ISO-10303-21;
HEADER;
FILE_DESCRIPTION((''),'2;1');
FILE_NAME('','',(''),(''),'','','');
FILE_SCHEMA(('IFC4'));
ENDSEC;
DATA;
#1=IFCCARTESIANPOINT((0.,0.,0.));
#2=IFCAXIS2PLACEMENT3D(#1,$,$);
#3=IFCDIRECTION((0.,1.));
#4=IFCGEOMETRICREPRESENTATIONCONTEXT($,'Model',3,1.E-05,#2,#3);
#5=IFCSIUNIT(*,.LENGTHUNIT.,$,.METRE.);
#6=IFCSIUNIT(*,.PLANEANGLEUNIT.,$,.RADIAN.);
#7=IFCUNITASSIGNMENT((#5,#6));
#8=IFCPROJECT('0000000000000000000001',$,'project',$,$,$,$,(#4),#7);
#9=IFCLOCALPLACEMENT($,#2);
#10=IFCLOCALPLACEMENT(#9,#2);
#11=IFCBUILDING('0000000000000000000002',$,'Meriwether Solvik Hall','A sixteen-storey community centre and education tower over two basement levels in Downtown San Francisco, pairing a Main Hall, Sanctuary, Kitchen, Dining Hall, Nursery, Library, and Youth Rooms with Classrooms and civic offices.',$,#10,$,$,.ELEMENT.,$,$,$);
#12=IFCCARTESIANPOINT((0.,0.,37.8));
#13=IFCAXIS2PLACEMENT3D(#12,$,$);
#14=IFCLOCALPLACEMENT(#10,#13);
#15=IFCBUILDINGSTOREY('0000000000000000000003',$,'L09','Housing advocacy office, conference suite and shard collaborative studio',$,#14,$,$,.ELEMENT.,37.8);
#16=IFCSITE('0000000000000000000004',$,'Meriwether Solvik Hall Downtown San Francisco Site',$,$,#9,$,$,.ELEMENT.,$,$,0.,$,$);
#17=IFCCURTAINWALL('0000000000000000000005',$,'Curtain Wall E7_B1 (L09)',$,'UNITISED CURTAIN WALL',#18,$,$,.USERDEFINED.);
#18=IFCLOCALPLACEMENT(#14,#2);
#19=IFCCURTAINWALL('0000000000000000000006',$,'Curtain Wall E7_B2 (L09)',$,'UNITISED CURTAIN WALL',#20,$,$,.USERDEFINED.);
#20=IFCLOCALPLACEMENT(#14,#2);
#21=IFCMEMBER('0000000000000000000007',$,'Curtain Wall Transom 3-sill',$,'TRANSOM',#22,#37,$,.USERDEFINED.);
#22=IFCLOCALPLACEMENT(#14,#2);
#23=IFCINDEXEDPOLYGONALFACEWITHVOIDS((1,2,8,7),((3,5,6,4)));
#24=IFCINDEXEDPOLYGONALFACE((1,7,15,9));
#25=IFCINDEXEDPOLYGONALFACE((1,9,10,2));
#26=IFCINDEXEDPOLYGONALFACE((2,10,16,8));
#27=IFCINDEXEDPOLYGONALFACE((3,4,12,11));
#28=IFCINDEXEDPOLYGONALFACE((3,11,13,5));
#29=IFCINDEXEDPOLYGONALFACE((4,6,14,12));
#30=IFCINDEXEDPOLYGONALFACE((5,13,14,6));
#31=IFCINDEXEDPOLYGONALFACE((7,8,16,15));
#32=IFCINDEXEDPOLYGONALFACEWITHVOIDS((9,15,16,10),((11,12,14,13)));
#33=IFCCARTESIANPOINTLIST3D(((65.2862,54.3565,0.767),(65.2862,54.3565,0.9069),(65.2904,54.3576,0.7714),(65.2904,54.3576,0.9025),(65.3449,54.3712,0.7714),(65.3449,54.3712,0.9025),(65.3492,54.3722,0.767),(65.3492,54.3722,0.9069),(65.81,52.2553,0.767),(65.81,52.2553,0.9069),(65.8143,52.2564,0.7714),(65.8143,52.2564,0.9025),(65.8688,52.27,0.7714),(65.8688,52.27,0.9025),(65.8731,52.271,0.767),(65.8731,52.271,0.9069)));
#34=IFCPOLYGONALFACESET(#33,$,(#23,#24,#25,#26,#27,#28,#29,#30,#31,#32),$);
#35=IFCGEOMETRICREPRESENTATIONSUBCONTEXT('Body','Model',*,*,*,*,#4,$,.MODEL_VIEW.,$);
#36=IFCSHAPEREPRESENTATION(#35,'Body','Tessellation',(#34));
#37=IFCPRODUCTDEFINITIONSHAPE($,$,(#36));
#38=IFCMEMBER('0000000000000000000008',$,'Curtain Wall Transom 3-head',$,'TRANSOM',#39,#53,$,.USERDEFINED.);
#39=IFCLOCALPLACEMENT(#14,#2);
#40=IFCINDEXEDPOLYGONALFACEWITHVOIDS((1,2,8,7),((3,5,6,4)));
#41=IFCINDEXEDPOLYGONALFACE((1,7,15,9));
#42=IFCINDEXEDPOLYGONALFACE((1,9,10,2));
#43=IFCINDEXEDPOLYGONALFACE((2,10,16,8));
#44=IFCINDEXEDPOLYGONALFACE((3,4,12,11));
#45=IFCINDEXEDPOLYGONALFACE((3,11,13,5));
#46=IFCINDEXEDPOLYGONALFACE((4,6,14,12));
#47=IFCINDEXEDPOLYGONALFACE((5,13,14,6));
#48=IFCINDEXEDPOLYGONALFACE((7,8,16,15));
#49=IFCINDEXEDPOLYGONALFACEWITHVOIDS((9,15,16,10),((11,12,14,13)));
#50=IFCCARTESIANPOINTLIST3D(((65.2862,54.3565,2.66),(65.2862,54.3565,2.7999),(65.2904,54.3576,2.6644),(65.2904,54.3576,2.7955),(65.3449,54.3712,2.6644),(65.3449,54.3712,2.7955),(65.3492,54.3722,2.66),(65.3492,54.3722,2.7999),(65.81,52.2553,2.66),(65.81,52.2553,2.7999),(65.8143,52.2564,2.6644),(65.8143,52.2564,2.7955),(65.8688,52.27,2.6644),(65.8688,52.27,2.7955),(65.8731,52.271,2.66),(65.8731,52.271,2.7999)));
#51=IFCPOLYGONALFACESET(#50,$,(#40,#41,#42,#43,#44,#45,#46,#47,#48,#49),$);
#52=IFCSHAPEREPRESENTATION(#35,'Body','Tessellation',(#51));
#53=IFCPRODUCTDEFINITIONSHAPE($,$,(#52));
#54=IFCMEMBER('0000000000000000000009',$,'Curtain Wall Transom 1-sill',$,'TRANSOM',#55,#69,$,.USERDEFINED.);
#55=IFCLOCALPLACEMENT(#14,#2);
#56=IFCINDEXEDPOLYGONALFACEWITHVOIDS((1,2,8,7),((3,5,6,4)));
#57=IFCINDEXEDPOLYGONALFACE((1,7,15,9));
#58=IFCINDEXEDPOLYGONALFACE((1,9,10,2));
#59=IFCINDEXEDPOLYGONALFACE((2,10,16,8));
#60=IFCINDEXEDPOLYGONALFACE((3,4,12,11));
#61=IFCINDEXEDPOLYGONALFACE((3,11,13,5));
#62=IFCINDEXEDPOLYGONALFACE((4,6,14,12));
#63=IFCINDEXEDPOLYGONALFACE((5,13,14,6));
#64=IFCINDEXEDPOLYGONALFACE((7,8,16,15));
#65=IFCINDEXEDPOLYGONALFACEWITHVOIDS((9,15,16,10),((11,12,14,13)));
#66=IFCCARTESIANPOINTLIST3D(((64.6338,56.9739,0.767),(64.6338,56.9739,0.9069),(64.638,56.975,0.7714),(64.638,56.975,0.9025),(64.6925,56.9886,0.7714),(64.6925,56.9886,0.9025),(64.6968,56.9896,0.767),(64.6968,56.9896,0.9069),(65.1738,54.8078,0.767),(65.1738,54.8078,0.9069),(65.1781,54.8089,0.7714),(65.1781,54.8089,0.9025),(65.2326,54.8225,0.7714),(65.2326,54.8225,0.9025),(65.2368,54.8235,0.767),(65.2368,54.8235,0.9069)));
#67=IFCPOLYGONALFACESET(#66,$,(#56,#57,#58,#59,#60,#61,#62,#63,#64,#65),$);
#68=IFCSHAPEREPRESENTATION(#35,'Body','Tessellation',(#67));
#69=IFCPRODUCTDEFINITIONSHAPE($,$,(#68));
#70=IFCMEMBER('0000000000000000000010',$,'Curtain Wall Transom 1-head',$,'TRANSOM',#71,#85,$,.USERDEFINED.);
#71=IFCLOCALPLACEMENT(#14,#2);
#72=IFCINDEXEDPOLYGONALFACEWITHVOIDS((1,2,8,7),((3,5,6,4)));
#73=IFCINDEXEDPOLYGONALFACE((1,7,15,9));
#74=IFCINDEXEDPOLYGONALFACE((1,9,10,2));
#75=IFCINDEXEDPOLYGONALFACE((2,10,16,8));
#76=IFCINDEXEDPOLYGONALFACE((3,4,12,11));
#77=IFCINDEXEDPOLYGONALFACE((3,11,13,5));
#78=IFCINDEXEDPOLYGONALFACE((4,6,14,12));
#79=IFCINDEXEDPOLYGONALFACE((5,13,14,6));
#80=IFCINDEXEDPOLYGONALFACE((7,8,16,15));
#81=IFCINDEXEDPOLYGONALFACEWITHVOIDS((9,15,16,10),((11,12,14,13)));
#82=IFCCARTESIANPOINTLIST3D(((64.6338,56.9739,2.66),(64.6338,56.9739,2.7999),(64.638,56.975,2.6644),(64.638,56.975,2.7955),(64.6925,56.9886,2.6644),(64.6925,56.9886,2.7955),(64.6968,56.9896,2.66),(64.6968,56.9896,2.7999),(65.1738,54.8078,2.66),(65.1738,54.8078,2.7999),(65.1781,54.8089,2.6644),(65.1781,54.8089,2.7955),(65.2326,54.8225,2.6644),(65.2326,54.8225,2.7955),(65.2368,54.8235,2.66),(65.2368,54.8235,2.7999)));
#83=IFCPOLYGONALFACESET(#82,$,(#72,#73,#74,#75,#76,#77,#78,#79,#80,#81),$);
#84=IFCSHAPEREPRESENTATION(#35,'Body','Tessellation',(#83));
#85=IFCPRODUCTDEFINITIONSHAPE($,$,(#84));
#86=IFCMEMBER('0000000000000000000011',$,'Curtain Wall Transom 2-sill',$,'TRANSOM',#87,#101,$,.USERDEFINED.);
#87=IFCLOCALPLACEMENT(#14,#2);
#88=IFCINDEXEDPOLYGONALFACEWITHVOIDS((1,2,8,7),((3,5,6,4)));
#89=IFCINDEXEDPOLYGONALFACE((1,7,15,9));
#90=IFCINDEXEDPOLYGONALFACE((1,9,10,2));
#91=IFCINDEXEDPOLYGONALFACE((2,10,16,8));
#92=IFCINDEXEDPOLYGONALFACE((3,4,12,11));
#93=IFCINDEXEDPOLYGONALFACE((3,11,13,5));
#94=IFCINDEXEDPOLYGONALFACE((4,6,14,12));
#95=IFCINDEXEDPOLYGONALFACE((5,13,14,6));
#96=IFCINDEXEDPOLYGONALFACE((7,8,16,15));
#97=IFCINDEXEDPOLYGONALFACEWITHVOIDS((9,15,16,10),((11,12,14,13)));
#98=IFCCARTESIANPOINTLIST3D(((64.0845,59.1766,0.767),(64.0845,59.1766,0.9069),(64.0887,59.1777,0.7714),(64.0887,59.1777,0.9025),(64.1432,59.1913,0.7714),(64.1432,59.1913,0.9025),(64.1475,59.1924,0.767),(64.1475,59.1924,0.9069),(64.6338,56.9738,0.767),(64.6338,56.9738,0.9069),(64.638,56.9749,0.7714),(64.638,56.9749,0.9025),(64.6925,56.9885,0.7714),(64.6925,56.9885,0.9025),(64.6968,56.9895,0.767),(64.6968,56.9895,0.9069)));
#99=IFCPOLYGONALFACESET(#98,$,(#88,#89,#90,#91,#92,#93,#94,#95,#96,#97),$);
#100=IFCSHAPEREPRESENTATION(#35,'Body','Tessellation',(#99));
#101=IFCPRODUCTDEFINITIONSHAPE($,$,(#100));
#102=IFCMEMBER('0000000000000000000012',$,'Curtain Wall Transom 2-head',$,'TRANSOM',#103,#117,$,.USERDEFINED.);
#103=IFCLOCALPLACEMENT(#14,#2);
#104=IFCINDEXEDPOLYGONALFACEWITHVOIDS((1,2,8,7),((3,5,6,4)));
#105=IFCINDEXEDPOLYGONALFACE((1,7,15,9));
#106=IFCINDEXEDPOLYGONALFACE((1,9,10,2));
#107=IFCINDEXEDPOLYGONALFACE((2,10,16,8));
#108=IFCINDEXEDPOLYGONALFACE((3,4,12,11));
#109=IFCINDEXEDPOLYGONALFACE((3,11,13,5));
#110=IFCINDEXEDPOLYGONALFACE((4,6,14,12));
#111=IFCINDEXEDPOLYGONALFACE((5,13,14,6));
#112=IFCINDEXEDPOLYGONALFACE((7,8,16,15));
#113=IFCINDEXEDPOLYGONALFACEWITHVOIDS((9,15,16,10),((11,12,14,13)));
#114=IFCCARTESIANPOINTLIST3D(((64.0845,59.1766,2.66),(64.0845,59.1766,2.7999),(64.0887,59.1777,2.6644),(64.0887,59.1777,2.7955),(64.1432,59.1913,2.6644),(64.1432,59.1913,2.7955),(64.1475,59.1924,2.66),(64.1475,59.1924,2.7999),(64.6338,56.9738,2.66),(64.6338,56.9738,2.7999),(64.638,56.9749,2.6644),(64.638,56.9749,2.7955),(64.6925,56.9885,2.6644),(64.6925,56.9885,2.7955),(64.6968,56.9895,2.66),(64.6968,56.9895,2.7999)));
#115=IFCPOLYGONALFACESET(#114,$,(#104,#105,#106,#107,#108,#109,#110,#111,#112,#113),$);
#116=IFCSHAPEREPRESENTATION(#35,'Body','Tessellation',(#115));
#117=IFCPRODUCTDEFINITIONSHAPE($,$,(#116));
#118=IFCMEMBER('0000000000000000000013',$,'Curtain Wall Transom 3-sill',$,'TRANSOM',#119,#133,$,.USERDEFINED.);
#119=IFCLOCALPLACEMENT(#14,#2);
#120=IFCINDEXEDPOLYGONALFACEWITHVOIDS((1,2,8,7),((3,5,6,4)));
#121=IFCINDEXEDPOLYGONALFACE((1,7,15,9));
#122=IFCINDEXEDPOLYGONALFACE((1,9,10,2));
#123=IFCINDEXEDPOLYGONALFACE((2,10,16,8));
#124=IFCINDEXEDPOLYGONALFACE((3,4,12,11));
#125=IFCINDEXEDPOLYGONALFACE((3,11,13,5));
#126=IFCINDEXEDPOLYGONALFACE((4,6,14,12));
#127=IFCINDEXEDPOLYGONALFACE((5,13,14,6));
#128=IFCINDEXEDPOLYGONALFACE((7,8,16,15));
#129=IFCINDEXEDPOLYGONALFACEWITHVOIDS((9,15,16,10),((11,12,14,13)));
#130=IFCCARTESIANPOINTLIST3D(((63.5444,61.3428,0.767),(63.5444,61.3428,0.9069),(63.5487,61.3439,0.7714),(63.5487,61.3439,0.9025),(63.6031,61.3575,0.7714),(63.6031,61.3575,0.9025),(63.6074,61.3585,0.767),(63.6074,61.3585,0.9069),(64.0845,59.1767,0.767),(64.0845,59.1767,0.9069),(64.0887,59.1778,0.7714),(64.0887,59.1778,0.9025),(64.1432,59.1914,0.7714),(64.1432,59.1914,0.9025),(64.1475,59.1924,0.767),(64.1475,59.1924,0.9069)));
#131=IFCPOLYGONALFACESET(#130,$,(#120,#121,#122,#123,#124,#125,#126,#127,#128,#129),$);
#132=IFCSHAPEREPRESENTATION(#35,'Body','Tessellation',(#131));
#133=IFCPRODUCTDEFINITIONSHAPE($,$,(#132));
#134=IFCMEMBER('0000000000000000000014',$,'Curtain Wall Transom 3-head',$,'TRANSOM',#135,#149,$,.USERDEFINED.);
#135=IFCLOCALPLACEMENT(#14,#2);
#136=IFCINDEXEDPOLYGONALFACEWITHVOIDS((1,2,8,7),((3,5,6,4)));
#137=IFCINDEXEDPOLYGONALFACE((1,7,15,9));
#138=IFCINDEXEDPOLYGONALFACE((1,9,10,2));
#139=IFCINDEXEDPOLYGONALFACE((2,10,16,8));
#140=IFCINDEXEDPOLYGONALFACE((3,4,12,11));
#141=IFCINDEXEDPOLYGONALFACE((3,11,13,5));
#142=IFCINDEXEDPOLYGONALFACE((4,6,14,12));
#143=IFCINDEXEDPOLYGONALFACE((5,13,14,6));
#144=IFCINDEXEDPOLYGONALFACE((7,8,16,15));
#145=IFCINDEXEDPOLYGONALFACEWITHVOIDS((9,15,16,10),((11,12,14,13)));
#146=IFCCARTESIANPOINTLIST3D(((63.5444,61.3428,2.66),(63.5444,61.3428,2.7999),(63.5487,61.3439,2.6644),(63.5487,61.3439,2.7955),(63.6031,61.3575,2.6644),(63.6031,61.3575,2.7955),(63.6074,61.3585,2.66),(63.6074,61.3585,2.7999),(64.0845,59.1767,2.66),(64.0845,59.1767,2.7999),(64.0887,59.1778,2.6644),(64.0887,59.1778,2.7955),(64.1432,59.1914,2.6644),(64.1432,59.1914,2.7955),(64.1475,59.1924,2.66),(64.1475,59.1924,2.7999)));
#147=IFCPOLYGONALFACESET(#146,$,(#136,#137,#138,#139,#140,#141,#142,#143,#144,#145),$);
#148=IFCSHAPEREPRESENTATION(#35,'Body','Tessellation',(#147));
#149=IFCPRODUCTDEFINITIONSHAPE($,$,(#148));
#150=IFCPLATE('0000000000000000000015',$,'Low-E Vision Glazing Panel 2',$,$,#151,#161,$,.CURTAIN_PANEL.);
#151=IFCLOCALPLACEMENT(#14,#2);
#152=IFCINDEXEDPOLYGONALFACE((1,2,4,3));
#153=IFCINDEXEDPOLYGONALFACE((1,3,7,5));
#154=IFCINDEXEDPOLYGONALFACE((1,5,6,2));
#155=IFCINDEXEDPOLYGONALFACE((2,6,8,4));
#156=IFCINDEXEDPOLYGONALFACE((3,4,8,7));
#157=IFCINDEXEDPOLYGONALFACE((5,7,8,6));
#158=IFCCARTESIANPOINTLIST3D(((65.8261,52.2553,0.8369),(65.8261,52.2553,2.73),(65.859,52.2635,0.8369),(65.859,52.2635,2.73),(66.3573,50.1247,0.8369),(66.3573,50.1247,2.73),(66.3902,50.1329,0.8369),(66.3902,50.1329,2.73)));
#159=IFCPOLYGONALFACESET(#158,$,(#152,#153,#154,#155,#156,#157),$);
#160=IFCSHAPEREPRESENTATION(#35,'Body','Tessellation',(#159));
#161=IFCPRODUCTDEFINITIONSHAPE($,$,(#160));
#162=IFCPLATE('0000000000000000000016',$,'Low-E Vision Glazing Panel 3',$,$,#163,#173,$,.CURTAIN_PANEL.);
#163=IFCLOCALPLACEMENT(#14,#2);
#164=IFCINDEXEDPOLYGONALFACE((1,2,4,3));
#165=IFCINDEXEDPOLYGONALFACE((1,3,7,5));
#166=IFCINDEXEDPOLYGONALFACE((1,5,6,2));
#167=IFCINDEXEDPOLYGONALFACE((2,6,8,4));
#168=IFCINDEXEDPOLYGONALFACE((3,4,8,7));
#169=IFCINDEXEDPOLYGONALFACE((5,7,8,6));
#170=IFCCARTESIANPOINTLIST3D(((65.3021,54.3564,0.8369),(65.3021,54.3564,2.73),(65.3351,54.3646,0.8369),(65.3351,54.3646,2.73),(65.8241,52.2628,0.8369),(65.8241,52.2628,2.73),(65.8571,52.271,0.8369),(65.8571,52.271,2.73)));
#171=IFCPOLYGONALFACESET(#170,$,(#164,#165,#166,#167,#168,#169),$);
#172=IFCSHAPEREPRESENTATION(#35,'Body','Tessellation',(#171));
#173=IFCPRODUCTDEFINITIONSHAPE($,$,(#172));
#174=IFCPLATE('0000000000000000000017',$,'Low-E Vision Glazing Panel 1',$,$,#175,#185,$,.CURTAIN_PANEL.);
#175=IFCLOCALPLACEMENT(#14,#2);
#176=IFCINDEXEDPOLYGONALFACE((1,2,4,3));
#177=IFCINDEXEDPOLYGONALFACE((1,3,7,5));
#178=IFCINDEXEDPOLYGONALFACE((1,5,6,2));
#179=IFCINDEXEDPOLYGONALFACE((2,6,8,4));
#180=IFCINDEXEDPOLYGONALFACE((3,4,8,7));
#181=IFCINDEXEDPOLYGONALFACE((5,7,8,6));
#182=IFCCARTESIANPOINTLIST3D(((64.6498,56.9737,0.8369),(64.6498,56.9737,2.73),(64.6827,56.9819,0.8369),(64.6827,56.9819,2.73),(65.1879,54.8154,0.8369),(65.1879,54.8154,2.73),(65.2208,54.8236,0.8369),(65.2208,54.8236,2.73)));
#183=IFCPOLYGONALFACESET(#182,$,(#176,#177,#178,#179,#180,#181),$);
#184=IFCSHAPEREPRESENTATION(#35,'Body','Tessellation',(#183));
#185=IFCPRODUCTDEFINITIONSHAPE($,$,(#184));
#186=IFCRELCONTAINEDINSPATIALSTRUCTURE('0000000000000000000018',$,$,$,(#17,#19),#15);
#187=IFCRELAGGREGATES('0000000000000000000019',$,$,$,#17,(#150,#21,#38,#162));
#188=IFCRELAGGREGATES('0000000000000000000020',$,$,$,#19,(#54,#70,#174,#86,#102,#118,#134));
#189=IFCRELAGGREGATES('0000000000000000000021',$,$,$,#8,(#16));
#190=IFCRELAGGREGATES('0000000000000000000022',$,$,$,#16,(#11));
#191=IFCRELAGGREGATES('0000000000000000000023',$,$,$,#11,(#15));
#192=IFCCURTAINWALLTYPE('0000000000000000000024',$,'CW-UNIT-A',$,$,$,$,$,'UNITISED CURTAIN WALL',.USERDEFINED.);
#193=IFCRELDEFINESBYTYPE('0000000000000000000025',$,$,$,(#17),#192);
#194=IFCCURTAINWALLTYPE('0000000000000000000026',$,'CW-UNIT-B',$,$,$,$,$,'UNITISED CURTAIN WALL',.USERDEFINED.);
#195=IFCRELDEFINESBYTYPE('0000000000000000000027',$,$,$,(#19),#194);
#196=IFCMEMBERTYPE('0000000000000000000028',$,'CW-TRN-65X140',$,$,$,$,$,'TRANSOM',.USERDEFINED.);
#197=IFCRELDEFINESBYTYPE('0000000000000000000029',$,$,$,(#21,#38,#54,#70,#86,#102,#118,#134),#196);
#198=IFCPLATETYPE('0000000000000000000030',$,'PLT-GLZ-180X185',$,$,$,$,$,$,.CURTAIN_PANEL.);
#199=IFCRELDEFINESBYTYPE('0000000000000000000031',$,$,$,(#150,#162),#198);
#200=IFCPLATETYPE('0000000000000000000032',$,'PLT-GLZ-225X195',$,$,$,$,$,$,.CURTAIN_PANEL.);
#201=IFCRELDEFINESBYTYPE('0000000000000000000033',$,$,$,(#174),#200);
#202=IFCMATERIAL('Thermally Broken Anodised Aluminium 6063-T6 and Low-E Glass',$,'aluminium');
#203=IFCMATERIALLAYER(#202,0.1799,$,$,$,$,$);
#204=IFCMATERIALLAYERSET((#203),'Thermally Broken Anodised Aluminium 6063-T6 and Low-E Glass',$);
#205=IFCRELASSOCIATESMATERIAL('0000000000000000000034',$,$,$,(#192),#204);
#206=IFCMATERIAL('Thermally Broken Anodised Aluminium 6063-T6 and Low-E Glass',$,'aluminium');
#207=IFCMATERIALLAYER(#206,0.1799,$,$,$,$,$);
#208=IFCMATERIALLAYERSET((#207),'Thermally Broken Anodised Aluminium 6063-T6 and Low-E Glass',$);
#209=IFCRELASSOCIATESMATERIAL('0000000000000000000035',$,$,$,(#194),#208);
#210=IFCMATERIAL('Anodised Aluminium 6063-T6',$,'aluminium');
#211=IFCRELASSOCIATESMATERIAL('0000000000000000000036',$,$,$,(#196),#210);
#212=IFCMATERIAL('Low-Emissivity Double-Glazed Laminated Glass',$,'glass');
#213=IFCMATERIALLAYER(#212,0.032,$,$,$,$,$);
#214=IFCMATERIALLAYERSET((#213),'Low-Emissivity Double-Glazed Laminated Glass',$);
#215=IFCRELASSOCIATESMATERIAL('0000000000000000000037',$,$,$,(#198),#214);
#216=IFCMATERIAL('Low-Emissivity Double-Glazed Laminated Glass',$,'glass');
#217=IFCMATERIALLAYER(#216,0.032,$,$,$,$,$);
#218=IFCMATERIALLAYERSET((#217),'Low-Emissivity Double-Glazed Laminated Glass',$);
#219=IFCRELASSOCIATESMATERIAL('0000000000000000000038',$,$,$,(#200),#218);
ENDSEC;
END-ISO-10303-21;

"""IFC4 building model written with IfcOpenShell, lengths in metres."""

from ifc_helpers import new_model, si_unit, direction, frame, origin, origin_2d, place, context, subcontext, project, spatial, rectangle, hollow_rectangle, extrude, material, layer, layer_set, material_profile, profile_set, type_object, element, aggregate, save


model = new_model("IFC4")

# Units and contexts
model_context = context("Model", 3, precision=1e-05, world=origin(), true_north=direction((0.0, 1.0)))
body_context = subcontext(model_context, "Body", "Model", "MODEL_VIEW")
ifc_project = project(units=[si_unit("LENGTHUNIT", "METRE"), si_unit("PLANEANGLEUNIT", "RADIAN")], contexts=[model_context])

# Site, building, storey
site_placement = place(None, origin())
site = spatial("IfcSite", under=ifc_project, at=site_placement, Name="Meriwether Solvik Hall Downtown San Francisco Site", CompositionType="ELEMENT", RefElevation=0.0)
building_placement = place(site_placement, origin())
building = spatial("IfcBuilding", under=site, at=building_placement, Name="Meriwether Solvik Hall", Description="A sixteen-storey community centre and education tower over two basement levels in Downtown San Francisco, pairing a Main Hall, Sanctuary, Kitchen, Dining Hall, Nursery, Library, and Youth Rooms with Classrooms and civic offices.", CompositionType="ELEMENT")
storey_placement = place(building_placement, frame((0.0, 0.0, 37.8)))
storey = spatial("IfcBuildingStorey", under=building, at=storey_placement, Name="L09", Description="Housing advocacy office, conference suite and shard collaborative studio", CompositionType="ELEMENT", Elevation=37.8)

# Curtain walls
ifc_material_1 = material(Name="Thermally Broken Anodised Aluminium 6063-T6 and Low-E Glass", Category="aluminium")
ifc_layer_1 = layer(ifc_material_1, 0.1799)
ifc_layer_set_1 = layer_set([ifc_layer_1], Name="Thermally Broken Anodised Aluminium 6063-T6 and Low-E Glass")
curtain_wall_type_1 = type_object("IfcCurtainWallType", Name="CW-UNIT-A", ElementType="UNITISED CURTAIN WALL", PredefinedType="USERDEFINED", material=ifc_layer_set_1)
curtain_wall_1_placement = place(storey_placement, origin())
curtain_wall_1 = element("IfcCurtainWall", 1, at=curtain_wall_1_placement, inside=storey, type_object=curtain_wall_type_1, Name="Curtain Wall E7_B1 (L09)", ObjectType="UNITISED CURTAIN WALL", PredefinedType="USERDEFINED")
ifc_material_2 = material(Name="Thermally Broken Anodised Aluminium 6063-T6 and Low-E Glass", Category="aluminium")
ifc_layer_2 = layer(ifc_material_2, 0.1799)
ifc_layer_set_2 = layer_set([ifc_layer_2], Name="Thermally Broken Anodised Aluminium 6063-T6 and Low-E Glass")
curtain_wall_type_2 = type_object("IfcCurtainWallType", Name="CW-UNIT-B", ElementType="UNITISED CURTAIN WALL", PredefinedType="USERDEFINED", material=ifc_layer_set_2)
curtain_wall_2_placement = place(storey_placement, origin())
curtain_wall_2 = element("IfcCurtainWall", 2, at=curtain_wall_2_placement, inside=storey, type_object=curtain_wall_type_2, Name="Curtain Wall E7_B2 (L09)", ObjectType="UNITISED CURTAIN WALL", PredefinedType="USERDEFINED")

# Members
ifc_material_3 = material(Name="Anodised Aluminium 6063-T6", Category="aluminium")
ifc_material_profile_1 = material_profile(ifc_material_3, hollow_rectangle(XDim=0.0649, YDim=0.1399, WallThickness=0.0044, at=origin_2d()), Name="CWT-65X140")
ifc_profile_set_1 = profile_set([ifc_material_profile_1], Name="Anodised Aluminium 6063-T6")
member_type_1 = type_object("IfcMemberType", Name="CW-TRN-65X140", ElementType="TRANSOM", PredefinedType="USERDEFINED", material=ifc_profile_set_1)
member_1_placement = place(storey_placement, frame((65.8416, 52.2632, 0.8369), z_axis=(-0.241925, 0.970295, 0.0), x_axis=(-0.970295, -0.241925, 0.0)))
member_1 = element("IfcMember", 3, at=member_1_placement, type_object=member_type_1, Name="Curtain Wall Transom 3-sill", ObjectType="TRANSOM", PredefinedType="USERDEFINED", context=body_context, shape_type="SweptSolid", body=[
    extrude(hollow_rectangle(XDim=0.0649, YDim=0.1399, WallThickness=0.0044, at=origin_2d()), origin(), (0.0, 0.0, 1.0), 2.1655),
])
member_2_placement = place(storey_placement, frame((65.8416, 52.2632, 2.73), z_axis=(-0.241925, 0.970295, 0.0), x_axis=(-0.970295, -0.241925, 0.0)))
member_2 = element("IfcMember", 4, at=member_2_placement, type_object=member_type_1, Name="Curtain Wall Transom 3-head", ObjectType="TRANSOM", PredefinedType="USERDEFINED", context=body_context, shape_type="SweptSolid", body=[
    extrude(hollow_rectangle(XDim=0.0649, YDim=0.1399, WallThickness=0.0044, at=origin_2d()), origin(), (0.0, 0.0, 1.0), 2.1655),
])
member_3_placement = place(storey_placement, frame((65.2053, 54.8157, 0.8369), z_axis=(-0.241918, 0.970297, 0.0), x_axis=(-0.970297, -0.241918, 0.0)))
member_3 = element("IfcMember", 5, at=member_3_placement, type_object=member_type_1, Name="Curtain Wall Transom 1-sill", ObjectType="TRANSOM", PredefinedType="USERDEFINED", context=body_context, shape_type="SweptSolid", body=[
    extrude(hollow_rectangle(XDim=0.0649, YDim=0.1399, WallThickness=0.0044, at=origin_2d()), origin(), (0.0, 0.0, 1.0), 2.2324),
])
member_4_placement = place(storey_placement, frame((65.2053, 54.8157, 2.73), z_axis=(-0.241918, 0.970297, 0.0), x_axis=(-0.970297, -0.241918, 0.0)))
member_4 = element("IfcMember", 6, at=member_4_placement, type_object=member_type_1, Name="Curtain Wall Transom 1-head", ObjectType="TRANSOM", PredefinedType="USERDEFINED", context=body_context, shape_type="SweptSolid", body=[
    extrude(hollow_rectangle(XDim=0.0649, YDim=0.1399, WallThickness=0.0044, at=origin_2d()), origin(), (0.0, 0.0, 1.0), 2.2324),
])
member_5_placement = place(storey_placement, frame((64.6653, 56.9817, 0.8369), z_axis=(-0.241954, 0.970288, 0.0), x_axis=(-0.970288, -0.241954, 0.0)))
member_5 = element("IfcMember", 7, at=member_5_placement, type_object=member_type_1, Name="Curtain Wall Transom 2-sill", ObjectType="TRANSOM", PredefinedType="USERDEFINED", context=body_context, shape_type="SweptSolid", body=[
    extrude(hollow_rectangle(XDim=0.0649, YDim=0.1399, WallThickness=0.0044, at=origin_2d()), origin(), (0.0, 0.0, 1.0), 2.2703),
])
member_6_placement = place(storey_placement, frame((64.6653, 56.9817, 2.73), z_axis=(-0.241954, 0.970288, 0.0), x_axis=(-0.970288, -0.241954, 0.0)))
member_6 = element("IfcMember", 8, at=member_6_placement, type_object=member_type_1, Name="Curtain Wall Transom 2-head", ObjectType="TRANSOM", PredefinedType="USERDEFINED", context=body_context, shape_type="SweptSolid", body=[
    extrude(hollow_rectangle(XDim=0.0649, YDim=0.1399, WallThickness=0.0044, at=origin_2d()), origin(), (0.0, 0.0, 1.0), 2.2703),
])
member_7_placement = place(storey_placement, frame((64.116, 59.1846, 0.8369), z_axis=(-0.241918, 0.970297, 0.0), x_axis=(-0.970297, -0.241918, 0.0)))
member_7 = element("IfcMember", 9, at=member_7_placement, type_object=member_type_1, Name="Curtain Wall Transom 3-sill", ObjectType="TRANSOM", PredefinedType="USERDEFINED", context=body_context, shape_type="SweptSolid", body=[
    extrude(hollow_rectangle(XDim=0.0649, YDim=0.1399, WallThickness=0.0044, at=origin_2d()), origin(), (0.0, 0.0, 1.0), 2.2324),
])
member_8_placement = place(storey_placement, frame((64.116, 59.1846, 2.73), z_axis=(-0.241918, 0.970297, 0.0), x_axis=(-0.970297, -0.241918, 0.0)))
member_8 = element("IfcMember", 10, at=member_8_placement, type_object=member_type_1, Name="Curtain Wall Transom 3-head", ObjectType="TRANSOM", PredefinedType="USERDEFINED", context=body_context, shape_type="SweptSolid", body=[
    extrude(hollow_rectangle(XDim=0.0649, YDim=0.1399, WallThickness=0.0044, at=origin_2d()), origin(), (0.0, 0.0, 1.0), 2.2324),
])

# Plates
ifc_material_4 = material(Name="Low-Emissivity Double-Glazed Laminated Glass", Category="glass")
ifc_layer_3 = layer(ifc_material_4, 0.032)
ifc_layer_set_3 = layer_set([ifc_layer_3], Name="Low-Emissivity Double-Glazed Laminated Glass")
plate_type_1 = type_object("IfcPlateType", Name="PLT-GLZ-180X185", PredefinedType="CURTAIN_PANEL", material=ifc_layer_set_3)
plate_1_placement = place(storey_placement, frame((66.1082, 51.1941, 0.8369), z_axis=(0.0, 0.0, 1.0), x_axis=(-0.241922, 0.970296, 0.0)))
plate_1 = element("IfcPlate", 11, at=plate_1_placement, type_object=plate_type_1, Name="Low-E Vision Glazing Panel 2", PredefinedType="CURTAIN_PANEL", context=body_context, shape_type="SweptSolid", body=[
    extrude(rectangle(XDim=2.1958, YDim=0.0339, at=origin_2d()), origin(), (0.0, 0.0, 1.0), 1.8931),
])
plate_2_placement = place(storey_placement, frame((65.5796, 53.3137, 0.8369), z_axis=(0.0, 0.0, 1.0), x_axis=(-0.241922, 0.970296, 0.0)))
plate_2 = element("IfcPlate", 12, at=plate_2_placement, type_object=plate_type_1, Name="Low-E Vision Glazing Panel 3", PredefinedType="CURTAIN_PANEL", context=body_context, shape_type="SweptSolid", body=[
    extrude(rectangle(XDim=2.1577, YDim=0.0339, at=origin_2d()), origin(), (0.0, 0.0, 1.0), 1.8931),
])
ifc_material_5 = material(Name="Low-Emissivity Double-Glazed Laminated Glass", Category="glass")
ifc_layer_4 = layer(ifc_material_5, 0.032)
ifc_layer_set_4 = layer_set([ifc_layer_4], Name="Low-Emissivity Double-Glazed Laminated Glass")
plate_type_2 = type_object("IfcPlateType", Name="PLT-GLZ-225X195", PredefinedType="CURTAIN_PANEL", material=ifc_layer_set_4)
plate_3_placement = place(storey_placement, frame((64.9353, 55.8987, 0.8369), z_axis=(0.0, 0.0, 1.0), x_axis=(-0.241922, 0.970296, 0.0)))
plate_3 = element("IfcPlate", 13, at=plate_3_placement, type_object=plate_type_2, Name="Low-E Vision Glazing Panel 1", PredefinedType="CURTAIN_PANEL", context=body_context, shape_type="SweptSolid", body=[
    extrude(rectangle(XDim=2.2244, YDim=0.0339, at=origin_2d()), origin(), (0.0, 0.0, 1.0), 1.8931),
])
aggregate(curtain_wall_1, [plate_1, member_1, member_2, plate_2])
aggregate(curtain_wall_2, [member_3, member_4, plate_3, member_5, member_6, member_7, member_8])

save(model, "model.ifc")
